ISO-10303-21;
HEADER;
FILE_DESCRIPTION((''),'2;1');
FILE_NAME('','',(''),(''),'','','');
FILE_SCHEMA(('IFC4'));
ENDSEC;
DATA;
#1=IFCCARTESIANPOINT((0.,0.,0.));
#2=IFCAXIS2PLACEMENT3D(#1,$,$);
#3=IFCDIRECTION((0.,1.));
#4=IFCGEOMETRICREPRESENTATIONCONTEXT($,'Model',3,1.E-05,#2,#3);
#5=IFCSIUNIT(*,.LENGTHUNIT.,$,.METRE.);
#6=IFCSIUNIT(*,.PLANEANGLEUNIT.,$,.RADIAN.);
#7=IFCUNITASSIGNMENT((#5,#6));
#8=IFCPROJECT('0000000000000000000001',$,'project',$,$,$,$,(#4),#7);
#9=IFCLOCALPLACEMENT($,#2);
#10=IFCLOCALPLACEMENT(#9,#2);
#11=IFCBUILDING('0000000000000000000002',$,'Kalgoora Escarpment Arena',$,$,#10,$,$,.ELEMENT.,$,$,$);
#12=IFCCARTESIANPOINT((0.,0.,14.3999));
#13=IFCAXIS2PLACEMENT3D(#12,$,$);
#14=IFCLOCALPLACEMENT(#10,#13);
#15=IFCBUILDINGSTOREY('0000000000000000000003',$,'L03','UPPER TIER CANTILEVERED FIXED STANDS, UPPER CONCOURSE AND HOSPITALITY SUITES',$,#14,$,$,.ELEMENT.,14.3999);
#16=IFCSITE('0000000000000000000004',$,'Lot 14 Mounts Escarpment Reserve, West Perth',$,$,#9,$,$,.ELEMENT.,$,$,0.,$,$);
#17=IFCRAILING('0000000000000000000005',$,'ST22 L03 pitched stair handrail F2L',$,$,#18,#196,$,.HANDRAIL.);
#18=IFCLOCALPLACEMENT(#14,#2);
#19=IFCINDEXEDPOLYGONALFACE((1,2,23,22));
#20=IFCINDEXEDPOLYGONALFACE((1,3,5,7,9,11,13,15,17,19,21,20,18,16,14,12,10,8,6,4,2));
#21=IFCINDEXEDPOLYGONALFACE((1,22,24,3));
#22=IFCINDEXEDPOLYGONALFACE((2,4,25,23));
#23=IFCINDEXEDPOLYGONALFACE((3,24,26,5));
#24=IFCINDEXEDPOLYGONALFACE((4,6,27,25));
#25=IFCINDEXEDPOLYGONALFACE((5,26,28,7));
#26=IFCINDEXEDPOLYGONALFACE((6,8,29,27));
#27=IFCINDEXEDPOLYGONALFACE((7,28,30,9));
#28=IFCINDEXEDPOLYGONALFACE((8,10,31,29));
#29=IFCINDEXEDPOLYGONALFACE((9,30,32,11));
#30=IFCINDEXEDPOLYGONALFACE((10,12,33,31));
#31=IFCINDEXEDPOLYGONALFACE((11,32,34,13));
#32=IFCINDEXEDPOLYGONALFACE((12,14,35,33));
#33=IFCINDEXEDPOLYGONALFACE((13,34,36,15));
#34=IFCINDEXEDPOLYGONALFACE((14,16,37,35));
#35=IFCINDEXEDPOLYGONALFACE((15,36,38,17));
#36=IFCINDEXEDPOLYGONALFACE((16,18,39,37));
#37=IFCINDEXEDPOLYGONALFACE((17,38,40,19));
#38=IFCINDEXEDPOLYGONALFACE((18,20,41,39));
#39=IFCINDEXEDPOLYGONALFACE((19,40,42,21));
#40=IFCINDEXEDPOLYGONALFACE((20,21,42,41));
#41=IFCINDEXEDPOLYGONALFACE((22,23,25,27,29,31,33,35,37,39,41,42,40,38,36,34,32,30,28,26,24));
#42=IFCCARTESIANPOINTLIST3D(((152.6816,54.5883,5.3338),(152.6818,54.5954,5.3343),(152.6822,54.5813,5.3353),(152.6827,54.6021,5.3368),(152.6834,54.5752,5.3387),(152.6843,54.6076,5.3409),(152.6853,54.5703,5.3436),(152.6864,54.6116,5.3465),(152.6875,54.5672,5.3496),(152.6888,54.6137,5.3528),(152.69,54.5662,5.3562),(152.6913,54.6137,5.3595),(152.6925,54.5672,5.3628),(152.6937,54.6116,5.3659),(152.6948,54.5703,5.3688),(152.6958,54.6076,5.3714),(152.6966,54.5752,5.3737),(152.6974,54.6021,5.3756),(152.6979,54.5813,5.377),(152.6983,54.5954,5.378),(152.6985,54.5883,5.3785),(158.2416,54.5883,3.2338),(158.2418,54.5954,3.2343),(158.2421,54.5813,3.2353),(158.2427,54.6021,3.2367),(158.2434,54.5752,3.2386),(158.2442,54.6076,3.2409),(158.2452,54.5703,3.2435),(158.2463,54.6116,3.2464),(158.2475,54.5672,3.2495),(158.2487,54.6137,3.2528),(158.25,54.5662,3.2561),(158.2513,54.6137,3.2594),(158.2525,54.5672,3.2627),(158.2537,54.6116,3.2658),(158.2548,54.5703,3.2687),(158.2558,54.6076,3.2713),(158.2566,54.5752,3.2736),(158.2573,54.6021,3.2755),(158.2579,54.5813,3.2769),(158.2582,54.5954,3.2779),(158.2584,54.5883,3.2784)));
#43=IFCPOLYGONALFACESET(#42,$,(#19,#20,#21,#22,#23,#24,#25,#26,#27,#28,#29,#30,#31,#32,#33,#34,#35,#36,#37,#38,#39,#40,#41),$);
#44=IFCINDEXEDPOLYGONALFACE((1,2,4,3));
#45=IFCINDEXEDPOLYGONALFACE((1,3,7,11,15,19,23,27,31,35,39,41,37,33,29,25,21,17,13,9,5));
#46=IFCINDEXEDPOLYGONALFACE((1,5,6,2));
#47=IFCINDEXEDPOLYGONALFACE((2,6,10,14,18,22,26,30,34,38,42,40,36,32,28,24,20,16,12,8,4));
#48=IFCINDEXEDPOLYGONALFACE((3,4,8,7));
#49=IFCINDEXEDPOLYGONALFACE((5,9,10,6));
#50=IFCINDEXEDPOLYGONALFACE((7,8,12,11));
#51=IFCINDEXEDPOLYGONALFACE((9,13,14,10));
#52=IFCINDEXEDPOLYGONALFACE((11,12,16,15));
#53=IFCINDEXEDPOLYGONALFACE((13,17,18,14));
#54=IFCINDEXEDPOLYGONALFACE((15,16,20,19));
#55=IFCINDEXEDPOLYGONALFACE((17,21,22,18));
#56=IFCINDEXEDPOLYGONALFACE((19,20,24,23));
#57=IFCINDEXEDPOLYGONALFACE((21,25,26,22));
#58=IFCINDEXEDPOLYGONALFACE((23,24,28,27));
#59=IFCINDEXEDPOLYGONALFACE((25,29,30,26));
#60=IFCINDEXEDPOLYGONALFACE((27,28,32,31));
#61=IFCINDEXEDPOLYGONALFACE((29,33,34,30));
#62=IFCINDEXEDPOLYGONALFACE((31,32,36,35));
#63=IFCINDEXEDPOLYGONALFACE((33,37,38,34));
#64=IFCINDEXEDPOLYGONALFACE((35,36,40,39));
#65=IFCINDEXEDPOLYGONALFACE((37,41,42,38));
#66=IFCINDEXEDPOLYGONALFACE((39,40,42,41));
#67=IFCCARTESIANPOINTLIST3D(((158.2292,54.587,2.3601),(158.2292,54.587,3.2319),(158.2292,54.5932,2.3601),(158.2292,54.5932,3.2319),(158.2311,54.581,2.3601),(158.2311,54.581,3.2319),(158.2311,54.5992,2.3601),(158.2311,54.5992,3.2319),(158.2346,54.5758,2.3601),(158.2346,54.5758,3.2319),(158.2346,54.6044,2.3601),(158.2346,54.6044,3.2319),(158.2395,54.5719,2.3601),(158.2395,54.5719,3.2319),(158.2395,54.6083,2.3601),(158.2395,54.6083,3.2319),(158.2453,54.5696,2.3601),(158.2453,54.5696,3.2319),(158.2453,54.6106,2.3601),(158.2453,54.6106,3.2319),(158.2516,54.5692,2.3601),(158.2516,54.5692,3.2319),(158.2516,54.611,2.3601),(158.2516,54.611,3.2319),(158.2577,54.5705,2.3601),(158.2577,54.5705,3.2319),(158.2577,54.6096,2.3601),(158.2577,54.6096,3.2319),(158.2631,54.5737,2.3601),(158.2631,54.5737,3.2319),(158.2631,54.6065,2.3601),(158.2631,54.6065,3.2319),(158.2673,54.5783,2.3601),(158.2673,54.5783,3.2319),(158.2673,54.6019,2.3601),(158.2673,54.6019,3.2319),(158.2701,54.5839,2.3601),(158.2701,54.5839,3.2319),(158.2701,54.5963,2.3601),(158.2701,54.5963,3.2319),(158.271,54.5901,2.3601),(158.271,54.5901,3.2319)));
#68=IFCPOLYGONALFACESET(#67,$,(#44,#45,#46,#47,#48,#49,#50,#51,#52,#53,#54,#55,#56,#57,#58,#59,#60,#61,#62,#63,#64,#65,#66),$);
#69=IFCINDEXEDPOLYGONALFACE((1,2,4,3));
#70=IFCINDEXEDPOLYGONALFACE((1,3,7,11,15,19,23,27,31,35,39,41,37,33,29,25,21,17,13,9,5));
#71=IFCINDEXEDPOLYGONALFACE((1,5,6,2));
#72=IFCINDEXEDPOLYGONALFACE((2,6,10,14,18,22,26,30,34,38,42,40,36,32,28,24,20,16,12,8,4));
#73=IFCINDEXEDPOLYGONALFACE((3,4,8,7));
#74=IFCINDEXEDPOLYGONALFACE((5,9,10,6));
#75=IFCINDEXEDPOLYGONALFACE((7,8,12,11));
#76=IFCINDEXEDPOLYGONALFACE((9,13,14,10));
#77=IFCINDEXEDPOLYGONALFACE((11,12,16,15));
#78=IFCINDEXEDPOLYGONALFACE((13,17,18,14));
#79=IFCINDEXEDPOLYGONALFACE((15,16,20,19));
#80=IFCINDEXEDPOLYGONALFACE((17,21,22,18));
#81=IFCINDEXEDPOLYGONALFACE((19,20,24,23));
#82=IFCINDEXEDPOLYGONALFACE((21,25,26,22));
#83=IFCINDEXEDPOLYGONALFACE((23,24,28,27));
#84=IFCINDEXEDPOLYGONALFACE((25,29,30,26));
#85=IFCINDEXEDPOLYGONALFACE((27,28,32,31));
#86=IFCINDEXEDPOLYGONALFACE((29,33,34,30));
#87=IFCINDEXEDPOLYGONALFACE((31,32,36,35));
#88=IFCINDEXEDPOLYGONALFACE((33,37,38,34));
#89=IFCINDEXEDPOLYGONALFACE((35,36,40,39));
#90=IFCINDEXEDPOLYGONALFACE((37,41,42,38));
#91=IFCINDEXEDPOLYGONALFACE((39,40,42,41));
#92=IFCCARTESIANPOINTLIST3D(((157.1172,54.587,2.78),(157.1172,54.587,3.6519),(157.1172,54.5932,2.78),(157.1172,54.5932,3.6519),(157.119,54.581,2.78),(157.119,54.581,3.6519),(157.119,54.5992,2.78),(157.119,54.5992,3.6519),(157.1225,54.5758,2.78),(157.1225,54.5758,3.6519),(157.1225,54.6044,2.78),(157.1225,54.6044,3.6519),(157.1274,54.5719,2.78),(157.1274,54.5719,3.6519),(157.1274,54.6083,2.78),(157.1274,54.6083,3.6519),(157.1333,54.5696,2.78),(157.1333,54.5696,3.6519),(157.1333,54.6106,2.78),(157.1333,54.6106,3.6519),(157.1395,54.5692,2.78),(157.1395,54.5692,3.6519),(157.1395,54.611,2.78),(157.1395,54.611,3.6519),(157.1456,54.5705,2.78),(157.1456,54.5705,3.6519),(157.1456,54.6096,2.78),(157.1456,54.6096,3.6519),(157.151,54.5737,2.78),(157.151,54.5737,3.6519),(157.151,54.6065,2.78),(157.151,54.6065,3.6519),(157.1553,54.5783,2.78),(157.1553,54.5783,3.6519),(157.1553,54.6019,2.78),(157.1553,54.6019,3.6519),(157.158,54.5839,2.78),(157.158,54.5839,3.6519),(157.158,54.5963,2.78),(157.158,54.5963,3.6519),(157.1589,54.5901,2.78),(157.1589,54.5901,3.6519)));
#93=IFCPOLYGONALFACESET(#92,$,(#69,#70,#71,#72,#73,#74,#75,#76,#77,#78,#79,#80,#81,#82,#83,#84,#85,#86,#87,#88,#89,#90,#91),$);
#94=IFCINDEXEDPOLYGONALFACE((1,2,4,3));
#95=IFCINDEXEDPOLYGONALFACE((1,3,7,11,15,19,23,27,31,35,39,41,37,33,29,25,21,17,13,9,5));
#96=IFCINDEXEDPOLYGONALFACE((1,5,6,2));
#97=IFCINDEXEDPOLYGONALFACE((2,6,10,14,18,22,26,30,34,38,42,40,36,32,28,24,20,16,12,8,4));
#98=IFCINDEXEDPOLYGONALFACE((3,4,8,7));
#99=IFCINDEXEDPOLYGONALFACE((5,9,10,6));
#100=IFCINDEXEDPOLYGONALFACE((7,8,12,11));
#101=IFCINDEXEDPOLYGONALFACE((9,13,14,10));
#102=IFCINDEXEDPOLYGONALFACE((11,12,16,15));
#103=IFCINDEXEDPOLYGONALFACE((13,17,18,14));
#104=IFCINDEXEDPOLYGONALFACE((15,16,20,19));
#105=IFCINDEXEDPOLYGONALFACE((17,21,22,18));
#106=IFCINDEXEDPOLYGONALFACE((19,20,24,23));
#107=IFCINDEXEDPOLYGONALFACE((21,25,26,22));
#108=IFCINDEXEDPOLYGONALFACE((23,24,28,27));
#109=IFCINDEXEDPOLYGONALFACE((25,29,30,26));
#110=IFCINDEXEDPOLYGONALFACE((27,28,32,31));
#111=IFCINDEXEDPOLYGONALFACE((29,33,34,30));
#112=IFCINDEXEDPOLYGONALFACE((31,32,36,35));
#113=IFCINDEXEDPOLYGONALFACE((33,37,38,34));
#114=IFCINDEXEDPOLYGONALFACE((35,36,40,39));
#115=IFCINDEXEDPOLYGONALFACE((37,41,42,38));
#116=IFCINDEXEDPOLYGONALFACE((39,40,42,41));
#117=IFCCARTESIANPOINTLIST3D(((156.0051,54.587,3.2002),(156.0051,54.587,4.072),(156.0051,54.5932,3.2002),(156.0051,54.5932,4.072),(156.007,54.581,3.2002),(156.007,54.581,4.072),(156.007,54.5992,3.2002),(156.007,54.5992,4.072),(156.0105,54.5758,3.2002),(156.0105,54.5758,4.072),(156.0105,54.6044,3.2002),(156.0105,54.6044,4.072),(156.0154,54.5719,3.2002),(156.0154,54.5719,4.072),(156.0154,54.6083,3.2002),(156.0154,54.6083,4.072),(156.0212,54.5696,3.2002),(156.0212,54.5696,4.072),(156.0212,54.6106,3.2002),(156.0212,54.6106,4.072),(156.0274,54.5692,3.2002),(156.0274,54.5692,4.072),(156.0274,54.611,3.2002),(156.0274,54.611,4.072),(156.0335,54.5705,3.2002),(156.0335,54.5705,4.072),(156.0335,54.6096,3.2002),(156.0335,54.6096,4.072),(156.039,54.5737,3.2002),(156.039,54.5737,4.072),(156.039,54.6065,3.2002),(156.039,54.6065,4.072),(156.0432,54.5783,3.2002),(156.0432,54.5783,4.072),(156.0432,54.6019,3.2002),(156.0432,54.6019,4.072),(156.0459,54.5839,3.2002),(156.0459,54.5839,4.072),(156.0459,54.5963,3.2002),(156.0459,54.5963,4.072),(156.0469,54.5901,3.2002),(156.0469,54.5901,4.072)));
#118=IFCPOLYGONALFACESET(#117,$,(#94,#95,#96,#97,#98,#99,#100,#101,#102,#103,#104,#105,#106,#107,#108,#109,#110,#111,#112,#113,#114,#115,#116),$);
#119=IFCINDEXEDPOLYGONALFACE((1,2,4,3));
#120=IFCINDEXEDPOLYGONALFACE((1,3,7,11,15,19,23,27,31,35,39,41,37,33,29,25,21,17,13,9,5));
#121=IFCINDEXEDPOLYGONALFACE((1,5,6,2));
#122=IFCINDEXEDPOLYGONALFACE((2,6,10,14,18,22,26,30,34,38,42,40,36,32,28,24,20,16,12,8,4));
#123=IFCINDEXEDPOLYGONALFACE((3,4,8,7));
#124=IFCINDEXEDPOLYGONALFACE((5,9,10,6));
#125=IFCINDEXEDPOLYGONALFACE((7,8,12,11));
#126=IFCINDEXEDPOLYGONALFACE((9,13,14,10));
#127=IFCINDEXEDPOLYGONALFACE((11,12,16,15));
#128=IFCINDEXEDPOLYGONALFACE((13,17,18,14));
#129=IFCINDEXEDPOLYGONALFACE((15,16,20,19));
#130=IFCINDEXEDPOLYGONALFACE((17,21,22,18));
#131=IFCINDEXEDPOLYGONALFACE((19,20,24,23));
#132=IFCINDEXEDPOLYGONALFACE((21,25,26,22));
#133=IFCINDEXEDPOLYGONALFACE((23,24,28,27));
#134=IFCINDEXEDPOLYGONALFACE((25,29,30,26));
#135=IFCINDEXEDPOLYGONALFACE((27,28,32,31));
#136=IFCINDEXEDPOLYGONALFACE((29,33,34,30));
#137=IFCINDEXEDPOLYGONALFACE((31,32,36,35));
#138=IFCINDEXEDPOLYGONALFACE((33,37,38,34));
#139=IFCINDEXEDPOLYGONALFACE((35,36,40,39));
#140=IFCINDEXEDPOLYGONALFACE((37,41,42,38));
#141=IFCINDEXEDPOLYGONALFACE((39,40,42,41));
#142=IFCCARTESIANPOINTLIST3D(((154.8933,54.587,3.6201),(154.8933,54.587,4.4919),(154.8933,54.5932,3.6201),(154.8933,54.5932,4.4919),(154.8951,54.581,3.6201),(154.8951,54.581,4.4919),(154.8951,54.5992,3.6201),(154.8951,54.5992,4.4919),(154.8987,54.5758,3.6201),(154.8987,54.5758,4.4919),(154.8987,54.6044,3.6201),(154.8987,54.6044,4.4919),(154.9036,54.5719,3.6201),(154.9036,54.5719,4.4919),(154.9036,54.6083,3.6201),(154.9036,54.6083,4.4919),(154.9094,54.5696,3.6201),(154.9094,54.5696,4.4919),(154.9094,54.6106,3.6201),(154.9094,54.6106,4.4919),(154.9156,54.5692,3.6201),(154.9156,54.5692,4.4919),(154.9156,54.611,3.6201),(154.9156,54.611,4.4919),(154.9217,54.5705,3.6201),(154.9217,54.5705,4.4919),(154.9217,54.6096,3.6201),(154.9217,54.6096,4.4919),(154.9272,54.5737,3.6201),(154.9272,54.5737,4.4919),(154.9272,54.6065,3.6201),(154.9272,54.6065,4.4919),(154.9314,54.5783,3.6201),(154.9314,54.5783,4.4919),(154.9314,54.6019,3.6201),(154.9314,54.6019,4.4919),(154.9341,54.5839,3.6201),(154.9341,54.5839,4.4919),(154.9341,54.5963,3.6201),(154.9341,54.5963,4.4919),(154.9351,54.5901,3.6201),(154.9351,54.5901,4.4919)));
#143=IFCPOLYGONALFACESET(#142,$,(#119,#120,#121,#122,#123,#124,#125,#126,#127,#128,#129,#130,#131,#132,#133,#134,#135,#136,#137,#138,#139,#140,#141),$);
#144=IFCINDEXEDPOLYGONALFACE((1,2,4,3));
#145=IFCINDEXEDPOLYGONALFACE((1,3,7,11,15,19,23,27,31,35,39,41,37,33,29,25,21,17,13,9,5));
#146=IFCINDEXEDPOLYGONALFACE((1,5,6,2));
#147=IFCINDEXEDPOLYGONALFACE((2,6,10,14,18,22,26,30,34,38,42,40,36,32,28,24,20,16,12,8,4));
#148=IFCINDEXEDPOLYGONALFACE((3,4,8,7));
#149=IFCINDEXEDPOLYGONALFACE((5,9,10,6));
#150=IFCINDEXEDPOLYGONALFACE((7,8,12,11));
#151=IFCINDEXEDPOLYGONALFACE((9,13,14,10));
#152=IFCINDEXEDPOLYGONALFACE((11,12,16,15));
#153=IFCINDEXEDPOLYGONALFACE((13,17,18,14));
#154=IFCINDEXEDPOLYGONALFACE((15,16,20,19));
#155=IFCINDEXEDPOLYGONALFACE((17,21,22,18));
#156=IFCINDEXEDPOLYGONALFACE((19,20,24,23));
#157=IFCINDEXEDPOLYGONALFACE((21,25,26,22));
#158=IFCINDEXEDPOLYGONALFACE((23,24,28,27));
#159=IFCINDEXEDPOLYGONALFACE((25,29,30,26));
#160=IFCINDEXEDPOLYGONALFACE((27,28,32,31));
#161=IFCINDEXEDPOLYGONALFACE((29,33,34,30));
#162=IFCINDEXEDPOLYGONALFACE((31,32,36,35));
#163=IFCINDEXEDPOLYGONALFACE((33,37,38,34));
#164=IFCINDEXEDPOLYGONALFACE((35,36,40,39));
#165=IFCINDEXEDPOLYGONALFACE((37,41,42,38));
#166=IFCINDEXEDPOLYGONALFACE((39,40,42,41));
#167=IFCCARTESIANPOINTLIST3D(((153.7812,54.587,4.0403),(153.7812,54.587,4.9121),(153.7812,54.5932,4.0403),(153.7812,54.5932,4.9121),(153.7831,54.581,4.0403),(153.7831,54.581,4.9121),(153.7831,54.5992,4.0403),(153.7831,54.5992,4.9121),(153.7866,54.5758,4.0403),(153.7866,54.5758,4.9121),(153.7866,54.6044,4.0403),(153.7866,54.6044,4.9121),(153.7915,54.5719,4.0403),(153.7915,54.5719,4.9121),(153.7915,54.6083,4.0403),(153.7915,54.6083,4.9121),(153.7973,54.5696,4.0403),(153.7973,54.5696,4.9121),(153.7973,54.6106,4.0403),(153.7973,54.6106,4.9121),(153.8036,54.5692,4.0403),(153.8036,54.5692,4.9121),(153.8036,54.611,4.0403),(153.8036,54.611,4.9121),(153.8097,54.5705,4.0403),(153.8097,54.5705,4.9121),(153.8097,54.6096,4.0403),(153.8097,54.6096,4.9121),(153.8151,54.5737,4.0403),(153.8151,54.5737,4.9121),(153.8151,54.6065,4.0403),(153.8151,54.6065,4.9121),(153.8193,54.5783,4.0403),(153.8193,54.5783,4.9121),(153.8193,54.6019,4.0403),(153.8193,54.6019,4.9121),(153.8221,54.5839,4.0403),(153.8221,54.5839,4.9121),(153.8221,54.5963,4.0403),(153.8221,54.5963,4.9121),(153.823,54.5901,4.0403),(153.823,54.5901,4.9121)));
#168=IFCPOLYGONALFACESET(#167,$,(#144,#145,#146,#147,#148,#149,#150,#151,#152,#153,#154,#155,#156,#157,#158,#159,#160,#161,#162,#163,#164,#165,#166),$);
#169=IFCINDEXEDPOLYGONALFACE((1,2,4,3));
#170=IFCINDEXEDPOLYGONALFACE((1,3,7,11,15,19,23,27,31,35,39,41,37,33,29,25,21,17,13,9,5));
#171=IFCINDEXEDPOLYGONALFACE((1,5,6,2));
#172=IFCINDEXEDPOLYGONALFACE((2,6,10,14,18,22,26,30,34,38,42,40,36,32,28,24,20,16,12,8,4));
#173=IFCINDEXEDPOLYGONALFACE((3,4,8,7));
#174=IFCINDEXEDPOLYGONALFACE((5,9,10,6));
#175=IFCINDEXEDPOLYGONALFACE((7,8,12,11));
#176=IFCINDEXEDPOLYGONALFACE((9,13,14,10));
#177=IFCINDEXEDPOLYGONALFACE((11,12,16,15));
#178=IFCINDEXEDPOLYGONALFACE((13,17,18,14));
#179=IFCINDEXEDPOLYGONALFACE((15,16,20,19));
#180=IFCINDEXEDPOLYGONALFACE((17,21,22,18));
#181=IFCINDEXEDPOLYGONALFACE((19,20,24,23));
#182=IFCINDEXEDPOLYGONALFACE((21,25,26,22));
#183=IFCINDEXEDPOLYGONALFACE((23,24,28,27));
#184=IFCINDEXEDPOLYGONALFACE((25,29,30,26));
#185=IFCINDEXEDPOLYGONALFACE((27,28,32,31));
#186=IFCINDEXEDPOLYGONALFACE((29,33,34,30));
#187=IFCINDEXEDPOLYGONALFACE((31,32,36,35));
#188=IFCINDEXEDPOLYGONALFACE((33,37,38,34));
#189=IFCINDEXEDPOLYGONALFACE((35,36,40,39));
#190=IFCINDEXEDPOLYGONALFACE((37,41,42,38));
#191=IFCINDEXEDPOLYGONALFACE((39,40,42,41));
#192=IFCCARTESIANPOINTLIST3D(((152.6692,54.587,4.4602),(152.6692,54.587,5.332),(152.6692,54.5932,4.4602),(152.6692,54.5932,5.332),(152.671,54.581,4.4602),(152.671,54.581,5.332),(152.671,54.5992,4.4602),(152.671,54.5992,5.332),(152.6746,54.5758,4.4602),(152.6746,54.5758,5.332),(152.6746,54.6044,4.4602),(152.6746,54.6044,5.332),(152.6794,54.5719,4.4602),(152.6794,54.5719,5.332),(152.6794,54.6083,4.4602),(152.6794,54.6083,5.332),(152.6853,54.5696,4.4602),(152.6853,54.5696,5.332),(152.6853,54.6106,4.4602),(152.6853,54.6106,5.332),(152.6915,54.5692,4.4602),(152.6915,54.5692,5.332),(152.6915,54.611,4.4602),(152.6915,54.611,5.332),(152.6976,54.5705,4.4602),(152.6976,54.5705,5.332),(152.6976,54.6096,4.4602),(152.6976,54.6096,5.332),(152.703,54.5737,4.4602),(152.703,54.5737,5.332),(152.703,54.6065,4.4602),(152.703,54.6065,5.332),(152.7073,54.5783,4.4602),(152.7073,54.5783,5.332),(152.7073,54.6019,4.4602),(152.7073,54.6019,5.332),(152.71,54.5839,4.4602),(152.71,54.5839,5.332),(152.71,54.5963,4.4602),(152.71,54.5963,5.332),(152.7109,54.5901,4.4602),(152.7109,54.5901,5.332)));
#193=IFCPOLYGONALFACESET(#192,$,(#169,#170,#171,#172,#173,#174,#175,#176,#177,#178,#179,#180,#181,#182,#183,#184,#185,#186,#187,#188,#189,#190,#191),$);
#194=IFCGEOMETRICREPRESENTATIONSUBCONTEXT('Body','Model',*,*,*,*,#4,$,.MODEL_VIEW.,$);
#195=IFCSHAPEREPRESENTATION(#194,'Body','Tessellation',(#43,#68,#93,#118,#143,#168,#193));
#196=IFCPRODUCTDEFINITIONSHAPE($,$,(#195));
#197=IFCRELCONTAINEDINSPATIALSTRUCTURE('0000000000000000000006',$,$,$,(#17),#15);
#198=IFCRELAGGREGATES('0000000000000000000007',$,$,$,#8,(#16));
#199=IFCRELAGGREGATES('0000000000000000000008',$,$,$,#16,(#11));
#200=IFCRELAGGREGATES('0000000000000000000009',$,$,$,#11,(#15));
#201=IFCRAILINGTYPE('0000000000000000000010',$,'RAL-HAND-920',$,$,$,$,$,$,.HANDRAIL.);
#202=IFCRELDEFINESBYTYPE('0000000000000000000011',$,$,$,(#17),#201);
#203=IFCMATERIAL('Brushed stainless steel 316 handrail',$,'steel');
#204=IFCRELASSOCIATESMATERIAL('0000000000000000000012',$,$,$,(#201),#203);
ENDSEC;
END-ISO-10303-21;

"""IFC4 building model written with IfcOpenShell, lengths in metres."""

from ifc_helpers import new_model, si_unit, direction, frame, origin, origin_2d, place, context, subcontext, project, spatial, circle, extrude, material, type_object, element, save


model = new_model("IFC4")

# Units and contexts
model_context = context("Model", 3, precision=1e-05, world=origin(), true_north=direction((0.0, 1.0)))
body_context = subcontext(model_context, "Body", "Model", "MODEL_VIEW")
ifc_project = project(units=[si_unit("LENGTHUNIT", "METRE"), si_unit("PLANEANGLEUNIT", "RADIAN")], contexts=[model_context])

# Site, building, storey
site_placement = place(None, origin())
site = spatial("IfcSite", under=ifc_project, at=site_placement, Name="Lot 14 Mounts Escarpment Reserve, West Perth", CompositionType="ELEMENT", RefElevation=0.0)
building_placement = place(site_placement, origin())
building = spatial("IfcBuilding", under=site, at=building_placement, Name="Kalgoora Escarpment Arena", CompositionType="ELEMENT")
storey_placement = place(building_placement, frame((0.0, 0.0, 14.3999)))
storey = spatial("IfcBuildingStorey", under=building, at=storey_placement, Name="L03", Description="UPPER TIER CANTILEVERED FIXED STANDS, UPPER CONCOURSE AND HOSPITALITY SUITES", CompositionType="ELEMENT", Elevation=14.3999)

# Railing
ifc_material_1 = material(Name="Brushed stainless steel 316 handrail", Category="steel")
railing_type_1 = type_object("IfcRailingType", Name="RAL-HAND-920", PredefinedType="HANDRAIL", material=ifc_material_1)
for number, where, name in (
    (1, (158.25, 54.5901, 2.3601), "ST22 L03 pitched stair handrail F2L"),
):
    element("IfcRailing", number, at=place(storey_placement, frame(where)), inside=storey, type_object=railing_type_1, Name=name, PredefinedType="HANDRAIL", context=body_context, shape_type="SweptSolid", body=[
        extrude(circle(Radius=0.0239, at=origin_2d()), frame((0.0, 0.0, 0.896), z_axis=(-0.935493, 0.0, 0.353346), x_axis=(0.0, -1.0, 0.0)), (0.0, 0.0, 1.0), 5.9434),
        extrude(circle(Radius=0.021, at=origin_2d()), origin(), (0.0, 0.0, 1.0), 0.8718),
        extrude(circle(Radius=0.021, at=origin_2d()), frame((-1.1121, 0.0, 0.4199)), (0.0, 0.0, 1.0), 0.8718),
        extrude(circle(Radius=0.021, at=origin_2d()), frame((-2.2241, 0.0, 0.8401)), (0.0, 0.0, 1.0), 0.8718),
        extrude(circle(Radius=0.021, at=origin_2d()), frame((-3.3359, 0.0, 1.26)), (0.0, 0.0, 1.0), 0.8718),
        extrude(circle(Radius=0.021, at=origin_2d()), frame((-4.448, 0.0, 1.6802)), (0.0, 0.0, 1.0), 0.8718),
        extrude(circle(Radius=0.021, at=origin_2d()), frame((-5.5601, 0.0, 2.1001)), (0.0, 0.0, 1.0), 0.8718),
    ])

save(model, "model.ifc")
